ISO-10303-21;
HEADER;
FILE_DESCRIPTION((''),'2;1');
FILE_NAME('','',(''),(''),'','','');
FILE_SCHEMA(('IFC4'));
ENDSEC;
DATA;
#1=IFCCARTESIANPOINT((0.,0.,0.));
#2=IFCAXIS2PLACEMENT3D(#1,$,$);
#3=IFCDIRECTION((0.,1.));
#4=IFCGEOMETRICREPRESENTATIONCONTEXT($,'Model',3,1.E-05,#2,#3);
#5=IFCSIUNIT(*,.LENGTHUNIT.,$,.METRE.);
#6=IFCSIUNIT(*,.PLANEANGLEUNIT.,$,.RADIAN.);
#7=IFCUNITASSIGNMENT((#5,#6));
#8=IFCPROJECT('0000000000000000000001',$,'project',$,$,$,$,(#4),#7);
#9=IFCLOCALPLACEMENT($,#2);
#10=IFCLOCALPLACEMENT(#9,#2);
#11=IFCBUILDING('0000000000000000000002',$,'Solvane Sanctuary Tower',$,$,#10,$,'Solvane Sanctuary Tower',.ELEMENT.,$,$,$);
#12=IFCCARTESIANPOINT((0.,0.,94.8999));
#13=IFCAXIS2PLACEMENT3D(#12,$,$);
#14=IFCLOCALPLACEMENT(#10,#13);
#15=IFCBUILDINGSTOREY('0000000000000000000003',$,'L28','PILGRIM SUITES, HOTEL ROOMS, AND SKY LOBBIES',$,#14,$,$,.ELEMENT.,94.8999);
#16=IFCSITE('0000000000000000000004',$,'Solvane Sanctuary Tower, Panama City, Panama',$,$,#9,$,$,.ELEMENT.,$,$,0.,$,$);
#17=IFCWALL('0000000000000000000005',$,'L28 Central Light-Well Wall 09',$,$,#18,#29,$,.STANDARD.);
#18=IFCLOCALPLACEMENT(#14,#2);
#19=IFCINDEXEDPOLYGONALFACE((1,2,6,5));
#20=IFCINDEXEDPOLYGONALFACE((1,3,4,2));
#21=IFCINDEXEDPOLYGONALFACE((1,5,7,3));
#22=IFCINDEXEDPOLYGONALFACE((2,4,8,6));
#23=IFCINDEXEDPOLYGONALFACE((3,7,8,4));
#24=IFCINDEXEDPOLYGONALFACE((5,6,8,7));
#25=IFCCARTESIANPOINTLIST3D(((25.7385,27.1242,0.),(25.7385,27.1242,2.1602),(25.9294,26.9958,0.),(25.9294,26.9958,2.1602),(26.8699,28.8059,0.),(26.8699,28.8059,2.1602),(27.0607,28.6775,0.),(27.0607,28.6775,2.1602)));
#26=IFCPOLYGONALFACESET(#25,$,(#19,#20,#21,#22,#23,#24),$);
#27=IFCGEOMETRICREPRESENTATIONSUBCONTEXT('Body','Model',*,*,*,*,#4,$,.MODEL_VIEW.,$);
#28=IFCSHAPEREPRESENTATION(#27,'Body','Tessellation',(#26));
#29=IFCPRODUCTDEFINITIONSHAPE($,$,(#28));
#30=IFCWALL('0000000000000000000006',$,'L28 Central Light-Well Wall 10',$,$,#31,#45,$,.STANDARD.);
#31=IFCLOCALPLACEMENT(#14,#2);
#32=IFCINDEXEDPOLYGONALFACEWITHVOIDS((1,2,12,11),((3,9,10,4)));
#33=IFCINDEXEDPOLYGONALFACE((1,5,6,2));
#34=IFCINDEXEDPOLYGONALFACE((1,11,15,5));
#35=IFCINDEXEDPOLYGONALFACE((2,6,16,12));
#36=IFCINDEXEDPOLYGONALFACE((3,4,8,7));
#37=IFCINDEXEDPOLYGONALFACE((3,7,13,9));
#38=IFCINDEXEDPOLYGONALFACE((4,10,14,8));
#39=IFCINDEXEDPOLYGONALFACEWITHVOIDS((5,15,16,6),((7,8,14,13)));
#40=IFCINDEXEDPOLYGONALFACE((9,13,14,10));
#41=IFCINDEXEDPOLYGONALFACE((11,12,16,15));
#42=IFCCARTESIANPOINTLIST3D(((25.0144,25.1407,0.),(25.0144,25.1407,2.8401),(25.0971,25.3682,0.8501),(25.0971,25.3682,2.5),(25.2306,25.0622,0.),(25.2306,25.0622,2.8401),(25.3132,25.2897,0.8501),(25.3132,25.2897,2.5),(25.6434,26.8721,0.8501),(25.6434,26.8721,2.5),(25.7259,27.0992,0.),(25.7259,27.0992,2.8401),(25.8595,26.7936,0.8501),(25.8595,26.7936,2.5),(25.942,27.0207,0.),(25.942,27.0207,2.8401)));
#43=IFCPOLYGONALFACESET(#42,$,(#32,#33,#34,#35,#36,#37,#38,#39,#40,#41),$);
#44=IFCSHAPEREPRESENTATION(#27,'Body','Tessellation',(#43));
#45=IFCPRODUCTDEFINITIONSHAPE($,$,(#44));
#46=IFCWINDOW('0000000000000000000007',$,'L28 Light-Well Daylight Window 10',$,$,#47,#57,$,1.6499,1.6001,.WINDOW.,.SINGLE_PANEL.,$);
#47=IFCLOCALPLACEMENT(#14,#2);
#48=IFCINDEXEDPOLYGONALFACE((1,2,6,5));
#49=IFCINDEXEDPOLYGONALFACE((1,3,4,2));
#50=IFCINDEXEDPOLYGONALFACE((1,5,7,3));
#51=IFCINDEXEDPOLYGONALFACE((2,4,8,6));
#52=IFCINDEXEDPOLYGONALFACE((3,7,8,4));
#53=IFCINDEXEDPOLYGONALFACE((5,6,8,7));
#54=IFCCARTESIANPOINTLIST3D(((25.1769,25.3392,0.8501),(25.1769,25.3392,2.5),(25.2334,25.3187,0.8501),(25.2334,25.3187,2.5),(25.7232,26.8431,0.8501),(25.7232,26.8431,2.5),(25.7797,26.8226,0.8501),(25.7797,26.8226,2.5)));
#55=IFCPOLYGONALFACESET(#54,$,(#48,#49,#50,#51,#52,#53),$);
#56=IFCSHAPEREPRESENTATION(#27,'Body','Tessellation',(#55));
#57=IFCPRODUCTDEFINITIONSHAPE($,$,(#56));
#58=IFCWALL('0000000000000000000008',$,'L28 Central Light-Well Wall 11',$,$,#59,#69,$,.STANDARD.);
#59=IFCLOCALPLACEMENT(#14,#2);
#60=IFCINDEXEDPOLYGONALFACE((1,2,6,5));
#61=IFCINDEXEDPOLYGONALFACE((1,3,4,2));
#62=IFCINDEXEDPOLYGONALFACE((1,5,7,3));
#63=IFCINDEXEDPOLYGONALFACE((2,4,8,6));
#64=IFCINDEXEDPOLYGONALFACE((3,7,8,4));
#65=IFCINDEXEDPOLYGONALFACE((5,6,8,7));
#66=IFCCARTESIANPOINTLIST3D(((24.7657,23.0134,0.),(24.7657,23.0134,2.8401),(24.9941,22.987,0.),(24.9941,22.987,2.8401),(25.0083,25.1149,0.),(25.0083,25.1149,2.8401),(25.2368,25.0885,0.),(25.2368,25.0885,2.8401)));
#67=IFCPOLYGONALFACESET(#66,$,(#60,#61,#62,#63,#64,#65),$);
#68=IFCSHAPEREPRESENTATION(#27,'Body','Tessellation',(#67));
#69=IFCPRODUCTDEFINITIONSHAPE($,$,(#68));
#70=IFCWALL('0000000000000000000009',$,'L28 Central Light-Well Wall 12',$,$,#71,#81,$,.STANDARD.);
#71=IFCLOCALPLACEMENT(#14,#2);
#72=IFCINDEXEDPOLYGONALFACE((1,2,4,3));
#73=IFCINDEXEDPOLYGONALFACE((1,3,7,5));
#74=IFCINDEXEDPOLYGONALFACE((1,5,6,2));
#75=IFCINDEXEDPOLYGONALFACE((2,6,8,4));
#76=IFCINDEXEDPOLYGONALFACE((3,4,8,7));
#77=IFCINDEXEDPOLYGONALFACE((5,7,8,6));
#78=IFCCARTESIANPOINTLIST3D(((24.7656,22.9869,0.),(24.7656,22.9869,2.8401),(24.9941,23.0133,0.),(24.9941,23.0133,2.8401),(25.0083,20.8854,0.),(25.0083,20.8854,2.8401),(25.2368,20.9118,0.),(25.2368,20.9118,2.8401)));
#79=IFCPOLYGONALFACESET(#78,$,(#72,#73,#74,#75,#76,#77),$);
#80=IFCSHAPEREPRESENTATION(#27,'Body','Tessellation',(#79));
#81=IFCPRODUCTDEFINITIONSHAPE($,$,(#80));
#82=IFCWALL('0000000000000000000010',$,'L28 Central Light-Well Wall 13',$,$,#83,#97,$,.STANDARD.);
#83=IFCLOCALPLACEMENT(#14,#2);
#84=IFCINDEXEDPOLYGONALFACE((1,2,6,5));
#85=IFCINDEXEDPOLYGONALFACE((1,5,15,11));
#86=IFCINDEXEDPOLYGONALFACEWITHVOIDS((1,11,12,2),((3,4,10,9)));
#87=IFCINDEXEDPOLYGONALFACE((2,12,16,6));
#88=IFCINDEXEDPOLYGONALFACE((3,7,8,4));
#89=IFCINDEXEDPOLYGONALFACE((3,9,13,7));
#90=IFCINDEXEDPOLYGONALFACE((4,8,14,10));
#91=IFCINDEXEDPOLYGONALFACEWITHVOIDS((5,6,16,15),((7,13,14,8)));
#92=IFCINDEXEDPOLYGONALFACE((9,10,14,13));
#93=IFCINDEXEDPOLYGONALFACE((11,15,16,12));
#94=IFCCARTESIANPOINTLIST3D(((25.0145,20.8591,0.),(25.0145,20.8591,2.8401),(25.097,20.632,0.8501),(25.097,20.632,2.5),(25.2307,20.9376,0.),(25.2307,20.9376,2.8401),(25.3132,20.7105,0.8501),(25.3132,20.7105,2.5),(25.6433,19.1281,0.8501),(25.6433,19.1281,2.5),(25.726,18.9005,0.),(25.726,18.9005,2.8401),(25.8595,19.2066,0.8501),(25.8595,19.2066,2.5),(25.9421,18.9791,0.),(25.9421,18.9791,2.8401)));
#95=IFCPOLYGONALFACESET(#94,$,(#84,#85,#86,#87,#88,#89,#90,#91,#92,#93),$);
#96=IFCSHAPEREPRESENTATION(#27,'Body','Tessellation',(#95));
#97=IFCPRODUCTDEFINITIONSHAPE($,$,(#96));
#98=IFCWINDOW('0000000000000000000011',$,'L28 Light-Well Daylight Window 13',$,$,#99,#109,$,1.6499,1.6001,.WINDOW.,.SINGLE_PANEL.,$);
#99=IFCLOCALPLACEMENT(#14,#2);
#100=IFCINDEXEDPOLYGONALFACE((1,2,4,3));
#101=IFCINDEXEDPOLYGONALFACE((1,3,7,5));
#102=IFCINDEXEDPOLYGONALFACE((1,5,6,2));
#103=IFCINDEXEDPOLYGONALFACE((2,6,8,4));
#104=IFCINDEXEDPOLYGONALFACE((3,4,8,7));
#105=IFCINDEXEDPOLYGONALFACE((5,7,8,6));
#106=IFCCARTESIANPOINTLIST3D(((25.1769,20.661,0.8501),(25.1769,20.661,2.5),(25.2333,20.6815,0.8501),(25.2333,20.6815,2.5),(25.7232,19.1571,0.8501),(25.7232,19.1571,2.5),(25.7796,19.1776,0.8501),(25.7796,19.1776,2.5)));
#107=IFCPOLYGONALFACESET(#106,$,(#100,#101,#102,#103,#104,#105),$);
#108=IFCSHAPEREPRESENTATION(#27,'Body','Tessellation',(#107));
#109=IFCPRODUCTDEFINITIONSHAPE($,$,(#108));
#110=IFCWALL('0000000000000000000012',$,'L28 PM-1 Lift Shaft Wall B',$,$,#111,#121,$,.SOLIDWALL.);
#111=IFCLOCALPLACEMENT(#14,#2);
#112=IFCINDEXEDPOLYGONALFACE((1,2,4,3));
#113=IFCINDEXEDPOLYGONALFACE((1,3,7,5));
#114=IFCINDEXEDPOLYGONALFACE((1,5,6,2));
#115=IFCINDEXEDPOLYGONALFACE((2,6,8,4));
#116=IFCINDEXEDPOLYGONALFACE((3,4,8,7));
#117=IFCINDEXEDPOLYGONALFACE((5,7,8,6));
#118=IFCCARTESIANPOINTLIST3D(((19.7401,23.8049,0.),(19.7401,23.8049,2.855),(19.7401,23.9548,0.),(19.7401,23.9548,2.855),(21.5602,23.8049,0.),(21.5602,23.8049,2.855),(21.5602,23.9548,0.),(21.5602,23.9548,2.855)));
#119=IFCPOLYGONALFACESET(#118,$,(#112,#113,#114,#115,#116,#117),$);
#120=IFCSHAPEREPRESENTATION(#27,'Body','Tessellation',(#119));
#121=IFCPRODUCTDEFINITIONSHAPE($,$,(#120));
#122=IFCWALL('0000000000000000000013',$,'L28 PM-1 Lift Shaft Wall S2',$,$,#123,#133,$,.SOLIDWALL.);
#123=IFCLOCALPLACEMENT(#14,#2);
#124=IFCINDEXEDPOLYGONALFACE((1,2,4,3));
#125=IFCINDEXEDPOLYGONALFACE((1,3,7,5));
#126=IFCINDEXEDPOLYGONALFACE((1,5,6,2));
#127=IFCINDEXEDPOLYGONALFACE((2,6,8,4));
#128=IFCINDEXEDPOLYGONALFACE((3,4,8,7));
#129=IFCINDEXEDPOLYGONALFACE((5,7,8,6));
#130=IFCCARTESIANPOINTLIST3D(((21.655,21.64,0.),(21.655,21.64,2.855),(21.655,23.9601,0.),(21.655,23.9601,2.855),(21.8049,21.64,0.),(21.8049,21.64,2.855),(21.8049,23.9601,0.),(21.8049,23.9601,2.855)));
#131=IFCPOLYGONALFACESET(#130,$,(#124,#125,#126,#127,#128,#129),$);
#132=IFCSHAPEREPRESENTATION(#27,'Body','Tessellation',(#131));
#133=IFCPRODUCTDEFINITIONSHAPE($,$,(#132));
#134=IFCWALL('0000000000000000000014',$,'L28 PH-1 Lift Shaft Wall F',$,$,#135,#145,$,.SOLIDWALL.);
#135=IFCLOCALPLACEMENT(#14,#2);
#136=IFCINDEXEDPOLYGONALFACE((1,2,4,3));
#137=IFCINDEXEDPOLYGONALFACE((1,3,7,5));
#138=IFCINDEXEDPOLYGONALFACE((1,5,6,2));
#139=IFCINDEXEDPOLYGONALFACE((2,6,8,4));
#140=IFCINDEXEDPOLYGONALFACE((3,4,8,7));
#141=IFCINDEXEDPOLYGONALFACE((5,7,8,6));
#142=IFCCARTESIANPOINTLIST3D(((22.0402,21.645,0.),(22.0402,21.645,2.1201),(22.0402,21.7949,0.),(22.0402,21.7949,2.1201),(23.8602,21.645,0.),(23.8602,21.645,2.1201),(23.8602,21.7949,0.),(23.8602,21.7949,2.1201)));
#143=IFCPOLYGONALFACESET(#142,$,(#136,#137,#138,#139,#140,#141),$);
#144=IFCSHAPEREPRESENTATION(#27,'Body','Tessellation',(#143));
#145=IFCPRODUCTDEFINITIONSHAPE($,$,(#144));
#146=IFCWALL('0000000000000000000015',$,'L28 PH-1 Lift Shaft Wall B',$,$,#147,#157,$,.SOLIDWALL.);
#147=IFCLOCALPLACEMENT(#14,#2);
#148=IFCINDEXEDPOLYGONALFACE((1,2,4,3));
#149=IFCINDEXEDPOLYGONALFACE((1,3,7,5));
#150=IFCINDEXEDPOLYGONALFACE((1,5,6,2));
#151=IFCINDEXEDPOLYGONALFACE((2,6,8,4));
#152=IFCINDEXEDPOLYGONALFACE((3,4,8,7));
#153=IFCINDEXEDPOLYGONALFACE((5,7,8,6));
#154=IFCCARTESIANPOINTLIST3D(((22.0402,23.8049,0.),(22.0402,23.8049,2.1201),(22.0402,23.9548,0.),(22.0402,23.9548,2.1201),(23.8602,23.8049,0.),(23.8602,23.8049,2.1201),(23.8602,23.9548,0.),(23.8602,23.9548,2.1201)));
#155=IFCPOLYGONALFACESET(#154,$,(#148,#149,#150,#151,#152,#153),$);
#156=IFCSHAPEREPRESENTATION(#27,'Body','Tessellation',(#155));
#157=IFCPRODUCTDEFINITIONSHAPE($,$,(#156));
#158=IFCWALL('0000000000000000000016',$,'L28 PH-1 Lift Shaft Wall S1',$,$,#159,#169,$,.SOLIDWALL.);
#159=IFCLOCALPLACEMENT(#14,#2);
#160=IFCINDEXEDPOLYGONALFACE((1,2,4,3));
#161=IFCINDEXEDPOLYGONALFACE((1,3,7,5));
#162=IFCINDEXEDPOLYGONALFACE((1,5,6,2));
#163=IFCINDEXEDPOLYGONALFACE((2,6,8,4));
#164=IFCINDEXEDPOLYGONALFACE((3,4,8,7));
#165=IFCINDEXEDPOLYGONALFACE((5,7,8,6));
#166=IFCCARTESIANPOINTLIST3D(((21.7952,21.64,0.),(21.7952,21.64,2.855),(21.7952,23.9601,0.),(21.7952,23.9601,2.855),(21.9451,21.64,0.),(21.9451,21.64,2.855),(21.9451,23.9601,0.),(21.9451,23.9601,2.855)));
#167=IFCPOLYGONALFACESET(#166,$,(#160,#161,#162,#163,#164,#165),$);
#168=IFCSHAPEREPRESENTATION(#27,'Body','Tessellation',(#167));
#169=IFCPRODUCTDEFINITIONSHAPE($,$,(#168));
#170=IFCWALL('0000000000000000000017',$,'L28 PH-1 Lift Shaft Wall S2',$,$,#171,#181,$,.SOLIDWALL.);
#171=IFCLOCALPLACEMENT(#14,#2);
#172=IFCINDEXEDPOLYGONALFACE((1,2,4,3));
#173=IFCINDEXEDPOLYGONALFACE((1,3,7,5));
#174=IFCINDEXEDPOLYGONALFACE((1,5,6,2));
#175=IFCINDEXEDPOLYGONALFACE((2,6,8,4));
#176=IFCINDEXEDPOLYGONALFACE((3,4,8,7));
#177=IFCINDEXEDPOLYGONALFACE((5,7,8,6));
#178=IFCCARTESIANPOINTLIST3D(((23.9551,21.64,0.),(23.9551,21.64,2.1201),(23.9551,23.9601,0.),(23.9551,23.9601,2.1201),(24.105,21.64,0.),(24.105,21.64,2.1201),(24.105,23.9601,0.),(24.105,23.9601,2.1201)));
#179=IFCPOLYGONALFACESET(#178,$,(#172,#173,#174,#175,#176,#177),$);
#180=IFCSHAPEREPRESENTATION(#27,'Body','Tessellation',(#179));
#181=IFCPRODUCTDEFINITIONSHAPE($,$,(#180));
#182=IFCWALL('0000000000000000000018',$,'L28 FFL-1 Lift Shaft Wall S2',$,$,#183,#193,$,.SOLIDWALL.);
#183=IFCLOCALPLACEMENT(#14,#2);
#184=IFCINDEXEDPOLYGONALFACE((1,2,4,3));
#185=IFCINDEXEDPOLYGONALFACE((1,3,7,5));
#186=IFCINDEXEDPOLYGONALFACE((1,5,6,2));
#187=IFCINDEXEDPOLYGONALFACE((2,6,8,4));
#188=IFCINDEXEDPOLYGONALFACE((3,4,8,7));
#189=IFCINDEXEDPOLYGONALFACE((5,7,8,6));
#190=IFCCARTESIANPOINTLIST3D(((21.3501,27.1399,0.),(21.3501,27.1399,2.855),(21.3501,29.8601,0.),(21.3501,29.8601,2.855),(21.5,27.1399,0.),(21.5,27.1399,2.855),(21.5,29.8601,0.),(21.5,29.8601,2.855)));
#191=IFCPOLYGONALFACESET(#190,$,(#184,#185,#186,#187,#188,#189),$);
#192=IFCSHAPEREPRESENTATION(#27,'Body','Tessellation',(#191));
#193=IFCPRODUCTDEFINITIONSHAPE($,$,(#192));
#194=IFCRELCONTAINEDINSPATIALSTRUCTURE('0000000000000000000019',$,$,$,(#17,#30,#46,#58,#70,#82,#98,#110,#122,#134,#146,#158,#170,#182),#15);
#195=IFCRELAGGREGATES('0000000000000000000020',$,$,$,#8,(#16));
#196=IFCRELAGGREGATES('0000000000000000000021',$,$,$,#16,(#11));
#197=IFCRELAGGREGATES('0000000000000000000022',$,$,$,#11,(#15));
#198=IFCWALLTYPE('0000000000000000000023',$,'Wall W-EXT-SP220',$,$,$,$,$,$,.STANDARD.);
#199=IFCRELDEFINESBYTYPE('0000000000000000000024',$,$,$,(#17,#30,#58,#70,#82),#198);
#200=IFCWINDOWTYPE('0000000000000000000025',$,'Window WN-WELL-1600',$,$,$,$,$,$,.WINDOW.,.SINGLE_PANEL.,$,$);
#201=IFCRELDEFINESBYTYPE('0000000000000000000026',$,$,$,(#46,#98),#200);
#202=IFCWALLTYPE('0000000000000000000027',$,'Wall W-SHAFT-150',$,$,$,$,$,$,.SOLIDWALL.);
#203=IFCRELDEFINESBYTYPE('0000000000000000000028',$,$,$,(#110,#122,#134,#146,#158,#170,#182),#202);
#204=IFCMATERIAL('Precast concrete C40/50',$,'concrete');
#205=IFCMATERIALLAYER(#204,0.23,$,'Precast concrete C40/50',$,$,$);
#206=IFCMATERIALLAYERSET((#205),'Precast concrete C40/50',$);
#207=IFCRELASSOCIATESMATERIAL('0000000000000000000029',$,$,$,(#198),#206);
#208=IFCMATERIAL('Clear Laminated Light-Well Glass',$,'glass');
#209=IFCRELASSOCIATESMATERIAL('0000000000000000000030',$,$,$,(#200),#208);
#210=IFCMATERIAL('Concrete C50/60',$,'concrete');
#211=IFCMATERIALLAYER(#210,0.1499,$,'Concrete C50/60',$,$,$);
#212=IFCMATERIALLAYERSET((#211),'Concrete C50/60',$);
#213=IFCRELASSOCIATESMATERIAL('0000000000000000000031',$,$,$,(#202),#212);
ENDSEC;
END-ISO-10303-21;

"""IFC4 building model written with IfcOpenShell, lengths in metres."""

from ifc_helpers import new_model, si_unit, direction, frame, frame_2d, origin, place, context, subcontext, project, spatial, rectangle, extrude, material, layer, layer_set, type_object, element, fill, save


model = new_model("IFC4")

# Units and contexts
model_context = context("Model", 3, precision=1e-05, world=origin(), true_north=direction((0.0, 1.0)))
body_context = subcontext(model_context, "Body", "Model", "MODEL_VIEW")
ifc_project = project(units=[si_unit("LENGTHUNIT", "METRE"), si_unit("PLANEANGLEUNIT", "RADIAN")], contexts=[model_context])

# Site, building, storey
site_placement = place(None, origin())
site = spatial("IfcSite", under=ifc_project, at=site_placement, Name="Solvane Sanctuary Tower, Panama City, Panama", CompositionType="ELEMENT", RefElevation=0.0)
building_placement = place(site_placement, origin())
building = spatial("IfcBuilding", under=site, at=building_placement, Name="Solvane Sanctuary Tower", LongName="Solvane Sanctuary Tower", CompositionType="ELEMENT")
storey_placement = place(building_placement, frame((0.0, 0.0, 94.8999)))
storey = spatial("IfcBuildingStorey", under=building, at=storey_placement, Name="L28", Description="PILGRIM SUITES, HOTEL ROOMS, AND SKY LOBBIES", CompositionType="ELEMENT", Elevation=94.8999)

# Wall
ifc_material_1 = material(Name="Precast concrete C40/50", Category="concrete")
ifc_layer_1 = layer(ifc_material_1, 0.23, Name="Precast concrete C40/50")
ifc_layer_set_1 = layer_set([ifc_layer_1], Name="Precast concrete C40/50")
wall_type_1 = type_object("IfcWallType", Name="Wall W-EXT-SP220", PredefinedType="STANDARD", material=ifc_layer_set_1)
wall_1_placement = place(storey_placement, frame((26.9653, 28.7417, 0.0), z_axis=(0.0, 0.0, 1.0), x_axis=(-0.558198, -0.829708, 0.0)))
element("IfcWall", 1, at=wall_1_placement, inside=storey, type_object=wall_type_1, Name="L28 Central Light-Well Wall 09", PredefinedType="STANDARD", context=body_context, shape_type="SweptSolid", body=[
    extrude(rectangle(XDim=2.0269, YDim=0.23, at=frame_2d((1.0134, 0.0))), origin(), (0.0, 0.0, 1.0), 2.1602),
])

# Wall, opening, window
wall_2_placement = place(storey_placement, frame((25.834, 27.0601, 0.0), z_axis=(0.0, 0.0, 1.0), x_axis=(-0.341423, -0.93991, 0.0)))
wall_2 = element("IfcWall", 2, at=wall_2_placement, inside=storey, type_object=wall_type_1, Name="L28 Central Light-Well Wall 10", PredefinedType="STANDARD", context=body_context, shape_type="SweptSolid", body=[
    extrude(rectangle(XDim=2.0837, YDim=0.23, at=frame_2d((1.042, 0.0))), origin(), (0.0, 0.0, 1.0), 2.8401),
])
opening_1_placement = place(wall_2_placement, frame((0.2417, 0.0, 0.8501)))
opening_1 = element("IfcOpeningElement", 3, at=opening_1_placement, cuts=wall_2, PredefinedType="OPENING", context=body_context, shape_type="SweptSolid", body=[
    extrude(rectangle(XDim=1.6001, YDim=1.6499, at=frame_2d((0.8, 0.825))), frame((0.0, 0.125, 0.0), z_axis=(0.0, -1.0, 0.0), x_axis=(1.0, 0.0, 0.0)), (0.0, 0.0, 1.0), 0.25),
])
ifc_material_2 = material(Name="Clear Laminated Light-Well Glass", Category="glass")
window_type = type_object("IfcWindowType", Name="Window WN-WELL-1600", PartitioningType="SINGLE_PANEL", PredefinedType="WINDOW", material=ifc_material_2)
window_1_placement = place(opening_1_placement, origin())
window_1 = element("IfcWindow", 4, at=window_1_placement, inside=storey, type_object=window_type, Name="L28 Light-Well Daylight Window 10", OverallHeight=1.6499, OverallWidth=1.6001, PartitioningType="SINGLE_PANEL", PredefinedType="WINDOW", context=body_context, shape_type="SweptSolid", body=[
    extrude(rectangle(XDim=1.6001, YDim=1.6499, at=frame_2d((0.8, 0.825))), frame((0.0, 0.03, 0.0), z_axis=(0.0, -1.0, 0.0), x_axis=(1.0, 0.0, 0.0)), (0.0, 0.0, 1.0), 0.0601),
])
fill(opening_1, window_1)

# Walls
for number, where, z_axis, x_axis, name in (
    (5, (25.1226, 25.1016, 0.0), (0.0, 0.0, 1.0), (-0.114712, -0.993399, 0.0), "L28 Central Light-Well Wall 11"),
    (6, (24.8799, 23.0, 0.0), (0.0, 0.0, 1.0), (0.114712, -0.993399, 0.0), "L28 Central Light-Well Wall 12"),
):
    element("IfcWall", number, at=place(storey_placement, frame(where, z_axis=z_axis, x_axis=x_axis)), inside=storey, type_object=wall_type_1, Name=name, PredefinedType="STANDARD", context=body_context, shape_type="SweptSolid", body=[
        extrude(rectangle(XDim=2.1155, YDim=0.23, at=frame_2d((1.0576, 0.0))), origin(), (0.0, 0.0, 1.0), 2.8401),
    ])

# Wall, opening, window
wall_3_placement = place(storey_placement, frame((25.1226, 20.8984, 0.0), z_axis=(0.0, 0.0, 1.0), x_axis=(0.341423, -0.93991, 0.0)))
wall_3 = element("IfcWall", 7, at=wall_3_placement, inside=storey, type_object=wall_type_1, Name="L28 Central Light-Well Wall 13", PredefinedType="STANDARD", context=body_context, shape_type="SweptSolid", body=[
    extrude(rectangle(XDim=2.0837, YDim=0.23, at=frame_2d((1.042, 0.0))), origin(), (0.0, 0.0, 1.0), 2.8401),
])
opening_2_placement = place(wall_3_placement, frame((0.2417, 0.0, 0.8501)))
opening_2 = element("IfcOpeningElement", 8, at=opening_2_placement, cuts=wall_3, PredefinedType="OPENING", context=body_context, shape_type="SweptSolid", body=[
    extrude(rectangle(XDim=1.6001, YDim=1.6499, at=frame_2d((0.8, 0.825))), frame((0.0, 0.125, 0.0), z_axis=(0.0, -1.0, 0.0), x_axis=(1.0, 0.0, 0.0)), (0.0, 0.0, 1.0), 0.25),
])
window_2_placement = place(opening_2_placement, origin())
window_2 = element("IfcWindow", 9, at=window_2_placement, inside=storey, type_object=window_type, Name="L28 Light-Well Daylight Window 13", OverallHeight=1.6499, OverallWidth=1.6001, PartitioningType="SINGLE_PANEL", PredefinedType="WINDOW", context=body_context, shape_type="SweptSolid", body=[
    extrude(rectangle(XDim=1.6001, YDim=1.6499, at=frame_2d((0.8, 0.825))), frame((0.0, 0.03, 0.0), z_axis=(0.0, -1.0, 0.0), x_axis=(1.0, 0.0, 0.0)), (0.0, 0.0, 1.0), 0.0601),
])
fill(opening_2, window_2)

# Walls
ifc_material_3 = material(Name="Concrete C50/60", Category="concrete")
ifc_layer_2 = layer(ifc_material_3, 0.1499, Name="Concrete C50/60")
ifc_layer_set_2 = layer_set([ifc_layer_2], Name="Concrete C50/60")
wall_type_2 = type_object("IfcWallType", Name="Wall W-SHAFT-150", PredefinedType="SOLIDWALL", material=ifc_layer_set_2)
wall_4_placement = place(storey_placement, frame((19.74, 23.8799, 0.0), z_axis=(0.0, 0.0, 1.0), x_axis=(1.0, 0.0, 0.0)))
element("IfcWall", 10, at=wall_4_placement, inside=storey, type_object=wall_type_2, Name="L28 PM-1 Lift Shaft Wall B", PredefinedType="SOLIDWALL", context=body_context, shape_type="SweptSolid", body=[
    extrude(rectangle(XDim=1.8201, YDim=0.1499, at=frame_2d((0.9102, 0.0))), origin(), (0.0, 0.0, 1.0), 2.855),
])
wall_5_placement = place(storey_placement, frame((21.73, 21.6399, 0.0), z_axis=(0.0, 0.0, 1.0), x_axis=(0.0, 1.0, 0.0)))
element("IfcWall", 11, at=wall_5_placement, inside=storey, type_object=wall_type_2, Name="L28 PM-1 Lift Shaft Wall S2", PredefinedType="SOLIDWALL", context=body_context, shape_type="SweptSolid", body=[
    extrude(rectangle(XDim=2.3201, YDim=0.1499, at=frame_2d((1.1602, 0.0))), origin(), (0.0, 0.0, 1.0), 2.855),
])
for number, where, z_axis, x_axis, name in (
    (12, (22.04, 21.72, 0.0), (0.0, 0.0, 1.0), (1.0, 0.0, 0.0), "L28 PH-1 Lift Shaft Wall F"),
    (13, (22.04, 23.8799, 0.0), (0.0, 0.0, 1.0), (1.0, 0.0, 0.0), "L28 PH-1 Lift Shaft Wall B"),
):
    element("IfcWall", number, at=place(storey_placement, frame(where, z_axis=z_axis, x_axis=x_axis)), inside=storey, type_object=wall_type_2, Name=name, PredefinedType="SOLIDWALL", context=body_context, shape_type="SweptSolid", body=[
        extrude(rectangle(XDim=1.8201, YDim=0.1499, at=frame_2d((0.9102, 0.0))), origin(), (0.0, 0.0, 1.0), 2.1201),
    ])
wall_6_placement = place(storey_placement, frame((21.8701, 21.6399, 0.0), z_axis=(0.0, 0.0, 1.0), x_axis=(0.0, 1.0, 0.0)))
element("IfcWall", 14, at=wall_6_placement, inside=storey, type_object=wall_type_2, Name="L28 PH-1 Lift Shaft Wall S1", PredefinedType="SOLIDWALL", context=body_context, shape_type="SweptSolid", body=[
    extrude(rectangle(XDim=2.3201, YDim=0.1499, at=frame_2d((1.1602, 0.0))), origin(), (0.0, 0.0, 1.0), 2.855),
])
wall_7_placement = place(storey_placement, frame((24.03, 21.6399, 0.0), z_axis=(0.0, 0.0, 1.0), x_axis=(0.0, 1.0, 0.0)))
element("IfcWall", 15, at=wall_7_placement, inside=storey, type_object=wall_type_2, Name="L28 PH-1 Lift Shaft Wall S2", PredefinedType="SOLIDWALL", context=body_context, shape_type="SweptSolid", body=[
    extrude(rectangle(XDim=2.3201, YDim=0.1499, at=frame_2d((1.1602, 0.0))), origin(), (0.0, 0.0, 1.0), 2.1201),
])
wall_8_placement = place(storey_placement, frame((21.425, 27.1399, 0.0), z_axis=(0.0, 0.0, 1.0), x_axis=(0.0, 1.0, 0.0)))
element("IfcWall", 16, at=wall_8_placement, inside=storey, type_object=wall_type_2, Name="L28 FFL-1 Lift Shaft Wall S2", PredefinedType="SOLIDWALL", context=body_context, shape_type="SweptSolid", body=[
    extrude(rectangle(XDim=2.7202, YDim=0.1499, at=frame_2d((1.3601, 0.0))), origin(), (0.0, 0.0, 1.0), 2.855),
])

save(model, "model.ifc")
